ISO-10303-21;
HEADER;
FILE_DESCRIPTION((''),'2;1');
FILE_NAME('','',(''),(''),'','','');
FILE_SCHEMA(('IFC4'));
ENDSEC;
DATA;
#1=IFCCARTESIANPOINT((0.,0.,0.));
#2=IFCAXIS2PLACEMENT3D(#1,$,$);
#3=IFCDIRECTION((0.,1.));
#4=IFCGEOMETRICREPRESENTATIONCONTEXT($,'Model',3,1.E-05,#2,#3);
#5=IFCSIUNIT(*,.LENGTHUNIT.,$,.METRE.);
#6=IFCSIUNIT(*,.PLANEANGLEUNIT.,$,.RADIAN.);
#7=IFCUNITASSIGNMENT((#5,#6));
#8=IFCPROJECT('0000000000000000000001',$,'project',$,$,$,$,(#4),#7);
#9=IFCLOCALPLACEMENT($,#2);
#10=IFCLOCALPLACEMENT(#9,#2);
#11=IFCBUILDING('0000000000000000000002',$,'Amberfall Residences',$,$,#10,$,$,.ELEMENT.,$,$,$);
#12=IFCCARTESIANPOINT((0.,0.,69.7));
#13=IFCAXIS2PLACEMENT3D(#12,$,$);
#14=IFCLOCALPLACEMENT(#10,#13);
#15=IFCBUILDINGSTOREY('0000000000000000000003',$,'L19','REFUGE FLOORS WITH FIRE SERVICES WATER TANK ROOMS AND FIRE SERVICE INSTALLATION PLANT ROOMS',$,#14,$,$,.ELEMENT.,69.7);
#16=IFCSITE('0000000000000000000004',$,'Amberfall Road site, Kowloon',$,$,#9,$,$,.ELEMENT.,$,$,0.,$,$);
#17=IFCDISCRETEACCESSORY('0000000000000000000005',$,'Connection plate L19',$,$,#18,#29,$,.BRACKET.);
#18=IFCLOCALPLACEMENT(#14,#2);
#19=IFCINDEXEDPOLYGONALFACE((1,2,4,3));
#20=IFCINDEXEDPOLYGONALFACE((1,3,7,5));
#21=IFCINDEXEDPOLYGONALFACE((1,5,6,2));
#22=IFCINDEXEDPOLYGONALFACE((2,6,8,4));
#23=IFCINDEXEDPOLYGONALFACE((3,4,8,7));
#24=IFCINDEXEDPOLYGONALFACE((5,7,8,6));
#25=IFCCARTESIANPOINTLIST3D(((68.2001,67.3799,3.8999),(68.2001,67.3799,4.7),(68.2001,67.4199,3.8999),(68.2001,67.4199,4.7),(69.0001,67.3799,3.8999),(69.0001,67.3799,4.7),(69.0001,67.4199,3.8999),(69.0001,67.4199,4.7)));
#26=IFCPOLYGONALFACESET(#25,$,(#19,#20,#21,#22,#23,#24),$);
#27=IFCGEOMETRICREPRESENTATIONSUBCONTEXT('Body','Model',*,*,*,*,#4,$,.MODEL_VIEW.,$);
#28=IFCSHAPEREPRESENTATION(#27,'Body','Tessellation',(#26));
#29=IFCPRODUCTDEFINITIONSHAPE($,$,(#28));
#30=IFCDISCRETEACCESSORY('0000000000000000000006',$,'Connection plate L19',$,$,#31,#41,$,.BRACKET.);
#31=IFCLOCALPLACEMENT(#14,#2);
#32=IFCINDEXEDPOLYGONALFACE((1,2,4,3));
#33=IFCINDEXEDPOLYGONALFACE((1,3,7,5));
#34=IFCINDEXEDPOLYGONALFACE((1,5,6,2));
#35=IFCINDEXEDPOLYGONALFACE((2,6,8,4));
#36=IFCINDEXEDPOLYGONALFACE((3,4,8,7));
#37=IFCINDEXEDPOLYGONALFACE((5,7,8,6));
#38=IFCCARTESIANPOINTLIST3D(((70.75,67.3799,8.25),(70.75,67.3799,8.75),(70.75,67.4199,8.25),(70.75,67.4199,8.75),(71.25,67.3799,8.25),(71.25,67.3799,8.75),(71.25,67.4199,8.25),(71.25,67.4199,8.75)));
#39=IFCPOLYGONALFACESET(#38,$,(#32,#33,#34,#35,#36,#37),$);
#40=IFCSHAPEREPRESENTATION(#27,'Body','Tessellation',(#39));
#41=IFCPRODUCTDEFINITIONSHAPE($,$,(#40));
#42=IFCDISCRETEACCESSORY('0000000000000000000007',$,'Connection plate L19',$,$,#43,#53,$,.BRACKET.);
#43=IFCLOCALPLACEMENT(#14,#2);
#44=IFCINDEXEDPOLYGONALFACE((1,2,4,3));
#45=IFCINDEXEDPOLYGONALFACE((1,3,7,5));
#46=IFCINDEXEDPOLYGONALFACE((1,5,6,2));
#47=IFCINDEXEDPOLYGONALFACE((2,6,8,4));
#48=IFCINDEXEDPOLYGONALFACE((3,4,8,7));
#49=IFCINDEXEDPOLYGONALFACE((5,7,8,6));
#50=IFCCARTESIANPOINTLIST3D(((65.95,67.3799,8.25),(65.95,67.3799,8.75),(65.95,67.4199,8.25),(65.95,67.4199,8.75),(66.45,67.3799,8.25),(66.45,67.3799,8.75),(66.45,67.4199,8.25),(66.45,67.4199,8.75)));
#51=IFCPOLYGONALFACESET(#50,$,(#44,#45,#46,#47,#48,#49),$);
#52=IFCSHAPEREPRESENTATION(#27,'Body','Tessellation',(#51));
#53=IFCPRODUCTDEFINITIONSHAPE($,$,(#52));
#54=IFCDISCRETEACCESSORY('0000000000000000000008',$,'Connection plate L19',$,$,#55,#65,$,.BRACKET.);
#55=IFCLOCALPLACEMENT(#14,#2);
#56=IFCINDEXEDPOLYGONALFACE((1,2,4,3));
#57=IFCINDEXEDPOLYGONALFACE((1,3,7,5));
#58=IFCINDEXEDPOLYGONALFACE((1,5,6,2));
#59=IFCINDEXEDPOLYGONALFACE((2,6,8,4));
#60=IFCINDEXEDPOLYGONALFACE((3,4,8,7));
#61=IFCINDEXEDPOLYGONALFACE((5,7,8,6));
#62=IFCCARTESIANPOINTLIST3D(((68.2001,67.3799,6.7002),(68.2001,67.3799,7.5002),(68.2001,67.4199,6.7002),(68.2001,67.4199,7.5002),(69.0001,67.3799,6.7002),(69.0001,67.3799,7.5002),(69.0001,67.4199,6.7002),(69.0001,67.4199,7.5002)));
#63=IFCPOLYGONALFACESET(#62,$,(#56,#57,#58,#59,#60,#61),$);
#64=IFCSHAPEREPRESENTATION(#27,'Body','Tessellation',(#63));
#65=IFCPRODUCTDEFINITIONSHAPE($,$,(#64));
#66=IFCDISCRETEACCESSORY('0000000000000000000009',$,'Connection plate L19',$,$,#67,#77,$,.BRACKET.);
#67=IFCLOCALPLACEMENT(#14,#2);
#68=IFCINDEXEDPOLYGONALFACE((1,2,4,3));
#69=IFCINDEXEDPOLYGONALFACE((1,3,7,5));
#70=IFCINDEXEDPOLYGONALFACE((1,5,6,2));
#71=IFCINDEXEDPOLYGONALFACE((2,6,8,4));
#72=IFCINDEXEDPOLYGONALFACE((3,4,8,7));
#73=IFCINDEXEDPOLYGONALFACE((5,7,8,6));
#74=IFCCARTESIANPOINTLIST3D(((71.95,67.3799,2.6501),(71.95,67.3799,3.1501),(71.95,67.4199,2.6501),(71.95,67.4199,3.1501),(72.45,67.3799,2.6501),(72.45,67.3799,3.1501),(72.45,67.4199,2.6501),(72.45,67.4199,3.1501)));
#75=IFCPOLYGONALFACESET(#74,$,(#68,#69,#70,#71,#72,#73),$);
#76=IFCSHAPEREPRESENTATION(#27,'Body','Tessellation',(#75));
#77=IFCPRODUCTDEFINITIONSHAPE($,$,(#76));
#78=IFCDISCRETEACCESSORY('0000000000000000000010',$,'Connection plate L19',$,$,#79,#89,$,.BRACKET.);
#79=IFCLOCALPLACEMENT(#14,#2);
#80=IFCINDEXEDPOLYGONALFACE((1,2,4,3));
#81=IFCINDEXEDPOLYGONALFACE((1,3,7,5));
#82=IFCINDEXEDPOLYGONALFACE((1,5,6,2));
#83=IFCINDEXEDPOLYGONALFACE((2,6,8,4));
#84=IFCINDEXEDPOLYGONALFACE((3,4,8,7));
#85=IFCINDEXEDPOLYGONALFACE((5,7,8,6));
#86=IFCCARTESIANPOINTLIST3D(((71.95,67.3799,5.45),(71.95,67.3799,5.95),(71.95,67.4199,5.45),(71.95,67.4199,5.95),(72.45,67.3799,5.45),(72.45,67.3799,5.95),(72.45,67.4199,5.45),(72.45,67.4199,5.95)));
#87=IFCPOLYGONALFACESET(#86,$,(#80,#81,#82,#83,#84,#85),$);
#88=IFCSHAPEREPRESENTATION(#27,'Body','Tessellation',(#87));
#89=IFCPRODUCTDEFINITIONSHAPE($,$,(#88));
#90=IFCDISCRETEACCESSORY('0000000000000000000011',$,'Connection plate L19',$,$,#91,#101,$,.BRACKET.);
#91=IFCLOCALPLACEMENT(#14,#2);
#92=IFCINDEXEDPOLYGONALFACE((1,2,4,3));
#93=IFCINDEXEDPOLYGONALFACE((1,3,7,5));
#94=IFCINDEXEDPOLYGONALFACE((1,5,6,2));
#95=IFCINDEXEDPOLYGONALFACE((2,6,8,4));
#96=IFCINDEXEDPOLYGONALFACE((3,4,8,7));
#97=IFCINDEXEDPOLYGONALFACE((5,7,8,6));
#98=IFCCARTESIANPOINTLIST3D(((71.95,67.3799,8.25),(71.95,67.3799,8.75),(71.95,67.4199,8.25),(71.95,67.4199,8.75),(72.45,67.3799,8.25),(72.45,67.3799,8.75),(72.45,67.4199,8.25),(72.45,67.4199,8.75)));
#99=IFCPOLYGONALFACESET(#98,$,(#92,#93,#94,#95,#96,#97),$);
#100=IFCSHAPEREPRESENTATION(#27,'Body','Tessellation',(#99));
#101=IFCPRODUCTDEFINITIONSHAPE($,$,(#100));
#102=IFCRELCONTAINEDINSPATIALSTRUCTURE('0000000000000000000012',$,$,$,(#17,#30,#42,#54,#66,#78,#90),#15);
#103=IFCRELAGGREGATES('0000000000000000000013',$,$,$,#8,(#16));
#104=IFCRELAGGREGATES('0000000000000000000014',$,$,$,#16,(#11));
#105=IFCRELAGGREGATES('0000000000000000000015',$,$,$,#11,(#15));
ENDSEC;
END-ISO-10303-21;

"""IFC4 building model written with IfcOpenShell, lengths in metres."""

from ifc_helpers import new_model, si_unit, direction, frame, origin, origin_2d, place, context, subcontext, project, spatial, rectangle, extrude, element, save


model = new_model("IFC4")

# Units and contexts
model_context = context("Model", 3, precision=1e-05, world=origin(), true_north=direction((0.0, 1.0)))
body_context = subcontext(model_context, "Body", "Model", "MODEL_VIEW")
ifc_project = project(units=[si_unit("LENGTHUNIT", "METRE"), si_unit("PLANEANGLEUNIT", "RADIAN")], contexts=[model_context])

# Site, building, storey
site_placement = place(None, origin())
site = spatial("IfcSite", under=ifc_project, at=site_placement, Name="Amberfall Road site, Kowloon", CompositionType="ELEMENT", RefElevation=0.0)
building_placement = place(site_placement, origin())
building = spatial("IfcBuilding", under=site, at=building_placement, Name="Amberfall Residences", CompositionType="ELEMENT")
storey_placement = place(building_placement, frame((0.0, 0.0, 69.7)))
storey = spatial("IfcBuildingStorey", under=building, at=storey_placement, Name="L19", Description="REFUGE FLOORS WITH FIRE SERVICES WATER TANK ROOMS AND FIRE SERVICE INSTALLATION PLANT ROOMS", CompositionType="ELEMENT", Elevation=69.7)

# Discrete accessories
discrete_accessory_1_placement = place(storey_placement, frame((68.6001, 67.3999, 3.8999), z_axis=(0.0, 0.0, 1.0), x_axis=(1.0, 0.0, 0.0)))
element("IfcDiscreteAccessory", 1, at=discrete_accessory_1_placement, inside=storey, Name="Connection plate L19", PredefinedType="BRACKET", context=body_context, shape_type="SweptSolid", body=[
    extrude(rectangle(XDim=0.8, YDim=0.04, at=origin_2d()), origin(), (0.0, 0.0, 1.0), 0.8),
])
for number, where, z_axis, x_axis, name in (
    (2, (71.0, 67.3999, 8.25), (0.0, 0.0, 1.0), (1.0, 0.0, 0.0), "Connection plate L19"),
    (3, (66.2, 67.3999, 8.25), (0.0, 0.0, 1.0), (1.0, 0.0, 0.0), "Connection plate L19"),
):
    element("IfcDiscreteAccessory", number, at=place(storey_placement, frame(where, z_axis=z_axis, x_axis=x_axis)), inside=storey, Name=name, PredefinedType="BRACKET", context=body_context, shape_type="SweptSolid", body=[
        extrude(rectangle(XDim=0.5, YDim=0.04, at=origin_2d()), origin(), (0.0, 0.0, 1.0), 0.5),
    ])
discrete_accessory_2_placement = place(storey_placement, frame((68.6001, 67.3999, 6.7002), z_axis=(0.0, 0.0, 1.0), x_axis=(1.0, 0.0, 0.0)))
element("IfcDiscreteAccessory", 4, at=discrete_accessory_2_placement, inside=storey, Name="Connection plate L19", PredefinedType="BRACKET", context=body_context, shape_type="SweptSolid", body=[
    extrude(rectangle(XDim=0.8, YDim=0.04, at=origin_2d()), origin(), (0.0, 0.0, 1.0), 0.8),
])
for number, where, z_axis, x_axis, name in (
    (5, (72.2, 67.3999, 2.6501), (0.0, 0.0, 1.0), (1.0, 0.0, 0.0), "Connection plate L19"),
    (6, (72.2, 67.3999, 5.45), (0.0, 0.0, 1.0), (1.0, 0.0, 0.0), "Connection plate L19"),
    (7, (72.2, 67.3999, 8.25), (0.0, 0.0, 1.0), (1.0, 0.0, 0.0), "Connection plate L19"),
):
    element("IfcDiscreteAccessory", number, at=place(storey_placement, frame(where, z_axis=z_axis, x_axis=x_axis)), inside=storey, Name=name, PredefinedType="BRACKET", context=body_context, shape_type="SweptSolid", body=[
        extrude(rectangle(XDim=0.5, YDim=0.04, at=origin_2d()), origin(), (0.0, 0.0, 1.0), 0.5),
    ])

save(model, "model.ifc")
